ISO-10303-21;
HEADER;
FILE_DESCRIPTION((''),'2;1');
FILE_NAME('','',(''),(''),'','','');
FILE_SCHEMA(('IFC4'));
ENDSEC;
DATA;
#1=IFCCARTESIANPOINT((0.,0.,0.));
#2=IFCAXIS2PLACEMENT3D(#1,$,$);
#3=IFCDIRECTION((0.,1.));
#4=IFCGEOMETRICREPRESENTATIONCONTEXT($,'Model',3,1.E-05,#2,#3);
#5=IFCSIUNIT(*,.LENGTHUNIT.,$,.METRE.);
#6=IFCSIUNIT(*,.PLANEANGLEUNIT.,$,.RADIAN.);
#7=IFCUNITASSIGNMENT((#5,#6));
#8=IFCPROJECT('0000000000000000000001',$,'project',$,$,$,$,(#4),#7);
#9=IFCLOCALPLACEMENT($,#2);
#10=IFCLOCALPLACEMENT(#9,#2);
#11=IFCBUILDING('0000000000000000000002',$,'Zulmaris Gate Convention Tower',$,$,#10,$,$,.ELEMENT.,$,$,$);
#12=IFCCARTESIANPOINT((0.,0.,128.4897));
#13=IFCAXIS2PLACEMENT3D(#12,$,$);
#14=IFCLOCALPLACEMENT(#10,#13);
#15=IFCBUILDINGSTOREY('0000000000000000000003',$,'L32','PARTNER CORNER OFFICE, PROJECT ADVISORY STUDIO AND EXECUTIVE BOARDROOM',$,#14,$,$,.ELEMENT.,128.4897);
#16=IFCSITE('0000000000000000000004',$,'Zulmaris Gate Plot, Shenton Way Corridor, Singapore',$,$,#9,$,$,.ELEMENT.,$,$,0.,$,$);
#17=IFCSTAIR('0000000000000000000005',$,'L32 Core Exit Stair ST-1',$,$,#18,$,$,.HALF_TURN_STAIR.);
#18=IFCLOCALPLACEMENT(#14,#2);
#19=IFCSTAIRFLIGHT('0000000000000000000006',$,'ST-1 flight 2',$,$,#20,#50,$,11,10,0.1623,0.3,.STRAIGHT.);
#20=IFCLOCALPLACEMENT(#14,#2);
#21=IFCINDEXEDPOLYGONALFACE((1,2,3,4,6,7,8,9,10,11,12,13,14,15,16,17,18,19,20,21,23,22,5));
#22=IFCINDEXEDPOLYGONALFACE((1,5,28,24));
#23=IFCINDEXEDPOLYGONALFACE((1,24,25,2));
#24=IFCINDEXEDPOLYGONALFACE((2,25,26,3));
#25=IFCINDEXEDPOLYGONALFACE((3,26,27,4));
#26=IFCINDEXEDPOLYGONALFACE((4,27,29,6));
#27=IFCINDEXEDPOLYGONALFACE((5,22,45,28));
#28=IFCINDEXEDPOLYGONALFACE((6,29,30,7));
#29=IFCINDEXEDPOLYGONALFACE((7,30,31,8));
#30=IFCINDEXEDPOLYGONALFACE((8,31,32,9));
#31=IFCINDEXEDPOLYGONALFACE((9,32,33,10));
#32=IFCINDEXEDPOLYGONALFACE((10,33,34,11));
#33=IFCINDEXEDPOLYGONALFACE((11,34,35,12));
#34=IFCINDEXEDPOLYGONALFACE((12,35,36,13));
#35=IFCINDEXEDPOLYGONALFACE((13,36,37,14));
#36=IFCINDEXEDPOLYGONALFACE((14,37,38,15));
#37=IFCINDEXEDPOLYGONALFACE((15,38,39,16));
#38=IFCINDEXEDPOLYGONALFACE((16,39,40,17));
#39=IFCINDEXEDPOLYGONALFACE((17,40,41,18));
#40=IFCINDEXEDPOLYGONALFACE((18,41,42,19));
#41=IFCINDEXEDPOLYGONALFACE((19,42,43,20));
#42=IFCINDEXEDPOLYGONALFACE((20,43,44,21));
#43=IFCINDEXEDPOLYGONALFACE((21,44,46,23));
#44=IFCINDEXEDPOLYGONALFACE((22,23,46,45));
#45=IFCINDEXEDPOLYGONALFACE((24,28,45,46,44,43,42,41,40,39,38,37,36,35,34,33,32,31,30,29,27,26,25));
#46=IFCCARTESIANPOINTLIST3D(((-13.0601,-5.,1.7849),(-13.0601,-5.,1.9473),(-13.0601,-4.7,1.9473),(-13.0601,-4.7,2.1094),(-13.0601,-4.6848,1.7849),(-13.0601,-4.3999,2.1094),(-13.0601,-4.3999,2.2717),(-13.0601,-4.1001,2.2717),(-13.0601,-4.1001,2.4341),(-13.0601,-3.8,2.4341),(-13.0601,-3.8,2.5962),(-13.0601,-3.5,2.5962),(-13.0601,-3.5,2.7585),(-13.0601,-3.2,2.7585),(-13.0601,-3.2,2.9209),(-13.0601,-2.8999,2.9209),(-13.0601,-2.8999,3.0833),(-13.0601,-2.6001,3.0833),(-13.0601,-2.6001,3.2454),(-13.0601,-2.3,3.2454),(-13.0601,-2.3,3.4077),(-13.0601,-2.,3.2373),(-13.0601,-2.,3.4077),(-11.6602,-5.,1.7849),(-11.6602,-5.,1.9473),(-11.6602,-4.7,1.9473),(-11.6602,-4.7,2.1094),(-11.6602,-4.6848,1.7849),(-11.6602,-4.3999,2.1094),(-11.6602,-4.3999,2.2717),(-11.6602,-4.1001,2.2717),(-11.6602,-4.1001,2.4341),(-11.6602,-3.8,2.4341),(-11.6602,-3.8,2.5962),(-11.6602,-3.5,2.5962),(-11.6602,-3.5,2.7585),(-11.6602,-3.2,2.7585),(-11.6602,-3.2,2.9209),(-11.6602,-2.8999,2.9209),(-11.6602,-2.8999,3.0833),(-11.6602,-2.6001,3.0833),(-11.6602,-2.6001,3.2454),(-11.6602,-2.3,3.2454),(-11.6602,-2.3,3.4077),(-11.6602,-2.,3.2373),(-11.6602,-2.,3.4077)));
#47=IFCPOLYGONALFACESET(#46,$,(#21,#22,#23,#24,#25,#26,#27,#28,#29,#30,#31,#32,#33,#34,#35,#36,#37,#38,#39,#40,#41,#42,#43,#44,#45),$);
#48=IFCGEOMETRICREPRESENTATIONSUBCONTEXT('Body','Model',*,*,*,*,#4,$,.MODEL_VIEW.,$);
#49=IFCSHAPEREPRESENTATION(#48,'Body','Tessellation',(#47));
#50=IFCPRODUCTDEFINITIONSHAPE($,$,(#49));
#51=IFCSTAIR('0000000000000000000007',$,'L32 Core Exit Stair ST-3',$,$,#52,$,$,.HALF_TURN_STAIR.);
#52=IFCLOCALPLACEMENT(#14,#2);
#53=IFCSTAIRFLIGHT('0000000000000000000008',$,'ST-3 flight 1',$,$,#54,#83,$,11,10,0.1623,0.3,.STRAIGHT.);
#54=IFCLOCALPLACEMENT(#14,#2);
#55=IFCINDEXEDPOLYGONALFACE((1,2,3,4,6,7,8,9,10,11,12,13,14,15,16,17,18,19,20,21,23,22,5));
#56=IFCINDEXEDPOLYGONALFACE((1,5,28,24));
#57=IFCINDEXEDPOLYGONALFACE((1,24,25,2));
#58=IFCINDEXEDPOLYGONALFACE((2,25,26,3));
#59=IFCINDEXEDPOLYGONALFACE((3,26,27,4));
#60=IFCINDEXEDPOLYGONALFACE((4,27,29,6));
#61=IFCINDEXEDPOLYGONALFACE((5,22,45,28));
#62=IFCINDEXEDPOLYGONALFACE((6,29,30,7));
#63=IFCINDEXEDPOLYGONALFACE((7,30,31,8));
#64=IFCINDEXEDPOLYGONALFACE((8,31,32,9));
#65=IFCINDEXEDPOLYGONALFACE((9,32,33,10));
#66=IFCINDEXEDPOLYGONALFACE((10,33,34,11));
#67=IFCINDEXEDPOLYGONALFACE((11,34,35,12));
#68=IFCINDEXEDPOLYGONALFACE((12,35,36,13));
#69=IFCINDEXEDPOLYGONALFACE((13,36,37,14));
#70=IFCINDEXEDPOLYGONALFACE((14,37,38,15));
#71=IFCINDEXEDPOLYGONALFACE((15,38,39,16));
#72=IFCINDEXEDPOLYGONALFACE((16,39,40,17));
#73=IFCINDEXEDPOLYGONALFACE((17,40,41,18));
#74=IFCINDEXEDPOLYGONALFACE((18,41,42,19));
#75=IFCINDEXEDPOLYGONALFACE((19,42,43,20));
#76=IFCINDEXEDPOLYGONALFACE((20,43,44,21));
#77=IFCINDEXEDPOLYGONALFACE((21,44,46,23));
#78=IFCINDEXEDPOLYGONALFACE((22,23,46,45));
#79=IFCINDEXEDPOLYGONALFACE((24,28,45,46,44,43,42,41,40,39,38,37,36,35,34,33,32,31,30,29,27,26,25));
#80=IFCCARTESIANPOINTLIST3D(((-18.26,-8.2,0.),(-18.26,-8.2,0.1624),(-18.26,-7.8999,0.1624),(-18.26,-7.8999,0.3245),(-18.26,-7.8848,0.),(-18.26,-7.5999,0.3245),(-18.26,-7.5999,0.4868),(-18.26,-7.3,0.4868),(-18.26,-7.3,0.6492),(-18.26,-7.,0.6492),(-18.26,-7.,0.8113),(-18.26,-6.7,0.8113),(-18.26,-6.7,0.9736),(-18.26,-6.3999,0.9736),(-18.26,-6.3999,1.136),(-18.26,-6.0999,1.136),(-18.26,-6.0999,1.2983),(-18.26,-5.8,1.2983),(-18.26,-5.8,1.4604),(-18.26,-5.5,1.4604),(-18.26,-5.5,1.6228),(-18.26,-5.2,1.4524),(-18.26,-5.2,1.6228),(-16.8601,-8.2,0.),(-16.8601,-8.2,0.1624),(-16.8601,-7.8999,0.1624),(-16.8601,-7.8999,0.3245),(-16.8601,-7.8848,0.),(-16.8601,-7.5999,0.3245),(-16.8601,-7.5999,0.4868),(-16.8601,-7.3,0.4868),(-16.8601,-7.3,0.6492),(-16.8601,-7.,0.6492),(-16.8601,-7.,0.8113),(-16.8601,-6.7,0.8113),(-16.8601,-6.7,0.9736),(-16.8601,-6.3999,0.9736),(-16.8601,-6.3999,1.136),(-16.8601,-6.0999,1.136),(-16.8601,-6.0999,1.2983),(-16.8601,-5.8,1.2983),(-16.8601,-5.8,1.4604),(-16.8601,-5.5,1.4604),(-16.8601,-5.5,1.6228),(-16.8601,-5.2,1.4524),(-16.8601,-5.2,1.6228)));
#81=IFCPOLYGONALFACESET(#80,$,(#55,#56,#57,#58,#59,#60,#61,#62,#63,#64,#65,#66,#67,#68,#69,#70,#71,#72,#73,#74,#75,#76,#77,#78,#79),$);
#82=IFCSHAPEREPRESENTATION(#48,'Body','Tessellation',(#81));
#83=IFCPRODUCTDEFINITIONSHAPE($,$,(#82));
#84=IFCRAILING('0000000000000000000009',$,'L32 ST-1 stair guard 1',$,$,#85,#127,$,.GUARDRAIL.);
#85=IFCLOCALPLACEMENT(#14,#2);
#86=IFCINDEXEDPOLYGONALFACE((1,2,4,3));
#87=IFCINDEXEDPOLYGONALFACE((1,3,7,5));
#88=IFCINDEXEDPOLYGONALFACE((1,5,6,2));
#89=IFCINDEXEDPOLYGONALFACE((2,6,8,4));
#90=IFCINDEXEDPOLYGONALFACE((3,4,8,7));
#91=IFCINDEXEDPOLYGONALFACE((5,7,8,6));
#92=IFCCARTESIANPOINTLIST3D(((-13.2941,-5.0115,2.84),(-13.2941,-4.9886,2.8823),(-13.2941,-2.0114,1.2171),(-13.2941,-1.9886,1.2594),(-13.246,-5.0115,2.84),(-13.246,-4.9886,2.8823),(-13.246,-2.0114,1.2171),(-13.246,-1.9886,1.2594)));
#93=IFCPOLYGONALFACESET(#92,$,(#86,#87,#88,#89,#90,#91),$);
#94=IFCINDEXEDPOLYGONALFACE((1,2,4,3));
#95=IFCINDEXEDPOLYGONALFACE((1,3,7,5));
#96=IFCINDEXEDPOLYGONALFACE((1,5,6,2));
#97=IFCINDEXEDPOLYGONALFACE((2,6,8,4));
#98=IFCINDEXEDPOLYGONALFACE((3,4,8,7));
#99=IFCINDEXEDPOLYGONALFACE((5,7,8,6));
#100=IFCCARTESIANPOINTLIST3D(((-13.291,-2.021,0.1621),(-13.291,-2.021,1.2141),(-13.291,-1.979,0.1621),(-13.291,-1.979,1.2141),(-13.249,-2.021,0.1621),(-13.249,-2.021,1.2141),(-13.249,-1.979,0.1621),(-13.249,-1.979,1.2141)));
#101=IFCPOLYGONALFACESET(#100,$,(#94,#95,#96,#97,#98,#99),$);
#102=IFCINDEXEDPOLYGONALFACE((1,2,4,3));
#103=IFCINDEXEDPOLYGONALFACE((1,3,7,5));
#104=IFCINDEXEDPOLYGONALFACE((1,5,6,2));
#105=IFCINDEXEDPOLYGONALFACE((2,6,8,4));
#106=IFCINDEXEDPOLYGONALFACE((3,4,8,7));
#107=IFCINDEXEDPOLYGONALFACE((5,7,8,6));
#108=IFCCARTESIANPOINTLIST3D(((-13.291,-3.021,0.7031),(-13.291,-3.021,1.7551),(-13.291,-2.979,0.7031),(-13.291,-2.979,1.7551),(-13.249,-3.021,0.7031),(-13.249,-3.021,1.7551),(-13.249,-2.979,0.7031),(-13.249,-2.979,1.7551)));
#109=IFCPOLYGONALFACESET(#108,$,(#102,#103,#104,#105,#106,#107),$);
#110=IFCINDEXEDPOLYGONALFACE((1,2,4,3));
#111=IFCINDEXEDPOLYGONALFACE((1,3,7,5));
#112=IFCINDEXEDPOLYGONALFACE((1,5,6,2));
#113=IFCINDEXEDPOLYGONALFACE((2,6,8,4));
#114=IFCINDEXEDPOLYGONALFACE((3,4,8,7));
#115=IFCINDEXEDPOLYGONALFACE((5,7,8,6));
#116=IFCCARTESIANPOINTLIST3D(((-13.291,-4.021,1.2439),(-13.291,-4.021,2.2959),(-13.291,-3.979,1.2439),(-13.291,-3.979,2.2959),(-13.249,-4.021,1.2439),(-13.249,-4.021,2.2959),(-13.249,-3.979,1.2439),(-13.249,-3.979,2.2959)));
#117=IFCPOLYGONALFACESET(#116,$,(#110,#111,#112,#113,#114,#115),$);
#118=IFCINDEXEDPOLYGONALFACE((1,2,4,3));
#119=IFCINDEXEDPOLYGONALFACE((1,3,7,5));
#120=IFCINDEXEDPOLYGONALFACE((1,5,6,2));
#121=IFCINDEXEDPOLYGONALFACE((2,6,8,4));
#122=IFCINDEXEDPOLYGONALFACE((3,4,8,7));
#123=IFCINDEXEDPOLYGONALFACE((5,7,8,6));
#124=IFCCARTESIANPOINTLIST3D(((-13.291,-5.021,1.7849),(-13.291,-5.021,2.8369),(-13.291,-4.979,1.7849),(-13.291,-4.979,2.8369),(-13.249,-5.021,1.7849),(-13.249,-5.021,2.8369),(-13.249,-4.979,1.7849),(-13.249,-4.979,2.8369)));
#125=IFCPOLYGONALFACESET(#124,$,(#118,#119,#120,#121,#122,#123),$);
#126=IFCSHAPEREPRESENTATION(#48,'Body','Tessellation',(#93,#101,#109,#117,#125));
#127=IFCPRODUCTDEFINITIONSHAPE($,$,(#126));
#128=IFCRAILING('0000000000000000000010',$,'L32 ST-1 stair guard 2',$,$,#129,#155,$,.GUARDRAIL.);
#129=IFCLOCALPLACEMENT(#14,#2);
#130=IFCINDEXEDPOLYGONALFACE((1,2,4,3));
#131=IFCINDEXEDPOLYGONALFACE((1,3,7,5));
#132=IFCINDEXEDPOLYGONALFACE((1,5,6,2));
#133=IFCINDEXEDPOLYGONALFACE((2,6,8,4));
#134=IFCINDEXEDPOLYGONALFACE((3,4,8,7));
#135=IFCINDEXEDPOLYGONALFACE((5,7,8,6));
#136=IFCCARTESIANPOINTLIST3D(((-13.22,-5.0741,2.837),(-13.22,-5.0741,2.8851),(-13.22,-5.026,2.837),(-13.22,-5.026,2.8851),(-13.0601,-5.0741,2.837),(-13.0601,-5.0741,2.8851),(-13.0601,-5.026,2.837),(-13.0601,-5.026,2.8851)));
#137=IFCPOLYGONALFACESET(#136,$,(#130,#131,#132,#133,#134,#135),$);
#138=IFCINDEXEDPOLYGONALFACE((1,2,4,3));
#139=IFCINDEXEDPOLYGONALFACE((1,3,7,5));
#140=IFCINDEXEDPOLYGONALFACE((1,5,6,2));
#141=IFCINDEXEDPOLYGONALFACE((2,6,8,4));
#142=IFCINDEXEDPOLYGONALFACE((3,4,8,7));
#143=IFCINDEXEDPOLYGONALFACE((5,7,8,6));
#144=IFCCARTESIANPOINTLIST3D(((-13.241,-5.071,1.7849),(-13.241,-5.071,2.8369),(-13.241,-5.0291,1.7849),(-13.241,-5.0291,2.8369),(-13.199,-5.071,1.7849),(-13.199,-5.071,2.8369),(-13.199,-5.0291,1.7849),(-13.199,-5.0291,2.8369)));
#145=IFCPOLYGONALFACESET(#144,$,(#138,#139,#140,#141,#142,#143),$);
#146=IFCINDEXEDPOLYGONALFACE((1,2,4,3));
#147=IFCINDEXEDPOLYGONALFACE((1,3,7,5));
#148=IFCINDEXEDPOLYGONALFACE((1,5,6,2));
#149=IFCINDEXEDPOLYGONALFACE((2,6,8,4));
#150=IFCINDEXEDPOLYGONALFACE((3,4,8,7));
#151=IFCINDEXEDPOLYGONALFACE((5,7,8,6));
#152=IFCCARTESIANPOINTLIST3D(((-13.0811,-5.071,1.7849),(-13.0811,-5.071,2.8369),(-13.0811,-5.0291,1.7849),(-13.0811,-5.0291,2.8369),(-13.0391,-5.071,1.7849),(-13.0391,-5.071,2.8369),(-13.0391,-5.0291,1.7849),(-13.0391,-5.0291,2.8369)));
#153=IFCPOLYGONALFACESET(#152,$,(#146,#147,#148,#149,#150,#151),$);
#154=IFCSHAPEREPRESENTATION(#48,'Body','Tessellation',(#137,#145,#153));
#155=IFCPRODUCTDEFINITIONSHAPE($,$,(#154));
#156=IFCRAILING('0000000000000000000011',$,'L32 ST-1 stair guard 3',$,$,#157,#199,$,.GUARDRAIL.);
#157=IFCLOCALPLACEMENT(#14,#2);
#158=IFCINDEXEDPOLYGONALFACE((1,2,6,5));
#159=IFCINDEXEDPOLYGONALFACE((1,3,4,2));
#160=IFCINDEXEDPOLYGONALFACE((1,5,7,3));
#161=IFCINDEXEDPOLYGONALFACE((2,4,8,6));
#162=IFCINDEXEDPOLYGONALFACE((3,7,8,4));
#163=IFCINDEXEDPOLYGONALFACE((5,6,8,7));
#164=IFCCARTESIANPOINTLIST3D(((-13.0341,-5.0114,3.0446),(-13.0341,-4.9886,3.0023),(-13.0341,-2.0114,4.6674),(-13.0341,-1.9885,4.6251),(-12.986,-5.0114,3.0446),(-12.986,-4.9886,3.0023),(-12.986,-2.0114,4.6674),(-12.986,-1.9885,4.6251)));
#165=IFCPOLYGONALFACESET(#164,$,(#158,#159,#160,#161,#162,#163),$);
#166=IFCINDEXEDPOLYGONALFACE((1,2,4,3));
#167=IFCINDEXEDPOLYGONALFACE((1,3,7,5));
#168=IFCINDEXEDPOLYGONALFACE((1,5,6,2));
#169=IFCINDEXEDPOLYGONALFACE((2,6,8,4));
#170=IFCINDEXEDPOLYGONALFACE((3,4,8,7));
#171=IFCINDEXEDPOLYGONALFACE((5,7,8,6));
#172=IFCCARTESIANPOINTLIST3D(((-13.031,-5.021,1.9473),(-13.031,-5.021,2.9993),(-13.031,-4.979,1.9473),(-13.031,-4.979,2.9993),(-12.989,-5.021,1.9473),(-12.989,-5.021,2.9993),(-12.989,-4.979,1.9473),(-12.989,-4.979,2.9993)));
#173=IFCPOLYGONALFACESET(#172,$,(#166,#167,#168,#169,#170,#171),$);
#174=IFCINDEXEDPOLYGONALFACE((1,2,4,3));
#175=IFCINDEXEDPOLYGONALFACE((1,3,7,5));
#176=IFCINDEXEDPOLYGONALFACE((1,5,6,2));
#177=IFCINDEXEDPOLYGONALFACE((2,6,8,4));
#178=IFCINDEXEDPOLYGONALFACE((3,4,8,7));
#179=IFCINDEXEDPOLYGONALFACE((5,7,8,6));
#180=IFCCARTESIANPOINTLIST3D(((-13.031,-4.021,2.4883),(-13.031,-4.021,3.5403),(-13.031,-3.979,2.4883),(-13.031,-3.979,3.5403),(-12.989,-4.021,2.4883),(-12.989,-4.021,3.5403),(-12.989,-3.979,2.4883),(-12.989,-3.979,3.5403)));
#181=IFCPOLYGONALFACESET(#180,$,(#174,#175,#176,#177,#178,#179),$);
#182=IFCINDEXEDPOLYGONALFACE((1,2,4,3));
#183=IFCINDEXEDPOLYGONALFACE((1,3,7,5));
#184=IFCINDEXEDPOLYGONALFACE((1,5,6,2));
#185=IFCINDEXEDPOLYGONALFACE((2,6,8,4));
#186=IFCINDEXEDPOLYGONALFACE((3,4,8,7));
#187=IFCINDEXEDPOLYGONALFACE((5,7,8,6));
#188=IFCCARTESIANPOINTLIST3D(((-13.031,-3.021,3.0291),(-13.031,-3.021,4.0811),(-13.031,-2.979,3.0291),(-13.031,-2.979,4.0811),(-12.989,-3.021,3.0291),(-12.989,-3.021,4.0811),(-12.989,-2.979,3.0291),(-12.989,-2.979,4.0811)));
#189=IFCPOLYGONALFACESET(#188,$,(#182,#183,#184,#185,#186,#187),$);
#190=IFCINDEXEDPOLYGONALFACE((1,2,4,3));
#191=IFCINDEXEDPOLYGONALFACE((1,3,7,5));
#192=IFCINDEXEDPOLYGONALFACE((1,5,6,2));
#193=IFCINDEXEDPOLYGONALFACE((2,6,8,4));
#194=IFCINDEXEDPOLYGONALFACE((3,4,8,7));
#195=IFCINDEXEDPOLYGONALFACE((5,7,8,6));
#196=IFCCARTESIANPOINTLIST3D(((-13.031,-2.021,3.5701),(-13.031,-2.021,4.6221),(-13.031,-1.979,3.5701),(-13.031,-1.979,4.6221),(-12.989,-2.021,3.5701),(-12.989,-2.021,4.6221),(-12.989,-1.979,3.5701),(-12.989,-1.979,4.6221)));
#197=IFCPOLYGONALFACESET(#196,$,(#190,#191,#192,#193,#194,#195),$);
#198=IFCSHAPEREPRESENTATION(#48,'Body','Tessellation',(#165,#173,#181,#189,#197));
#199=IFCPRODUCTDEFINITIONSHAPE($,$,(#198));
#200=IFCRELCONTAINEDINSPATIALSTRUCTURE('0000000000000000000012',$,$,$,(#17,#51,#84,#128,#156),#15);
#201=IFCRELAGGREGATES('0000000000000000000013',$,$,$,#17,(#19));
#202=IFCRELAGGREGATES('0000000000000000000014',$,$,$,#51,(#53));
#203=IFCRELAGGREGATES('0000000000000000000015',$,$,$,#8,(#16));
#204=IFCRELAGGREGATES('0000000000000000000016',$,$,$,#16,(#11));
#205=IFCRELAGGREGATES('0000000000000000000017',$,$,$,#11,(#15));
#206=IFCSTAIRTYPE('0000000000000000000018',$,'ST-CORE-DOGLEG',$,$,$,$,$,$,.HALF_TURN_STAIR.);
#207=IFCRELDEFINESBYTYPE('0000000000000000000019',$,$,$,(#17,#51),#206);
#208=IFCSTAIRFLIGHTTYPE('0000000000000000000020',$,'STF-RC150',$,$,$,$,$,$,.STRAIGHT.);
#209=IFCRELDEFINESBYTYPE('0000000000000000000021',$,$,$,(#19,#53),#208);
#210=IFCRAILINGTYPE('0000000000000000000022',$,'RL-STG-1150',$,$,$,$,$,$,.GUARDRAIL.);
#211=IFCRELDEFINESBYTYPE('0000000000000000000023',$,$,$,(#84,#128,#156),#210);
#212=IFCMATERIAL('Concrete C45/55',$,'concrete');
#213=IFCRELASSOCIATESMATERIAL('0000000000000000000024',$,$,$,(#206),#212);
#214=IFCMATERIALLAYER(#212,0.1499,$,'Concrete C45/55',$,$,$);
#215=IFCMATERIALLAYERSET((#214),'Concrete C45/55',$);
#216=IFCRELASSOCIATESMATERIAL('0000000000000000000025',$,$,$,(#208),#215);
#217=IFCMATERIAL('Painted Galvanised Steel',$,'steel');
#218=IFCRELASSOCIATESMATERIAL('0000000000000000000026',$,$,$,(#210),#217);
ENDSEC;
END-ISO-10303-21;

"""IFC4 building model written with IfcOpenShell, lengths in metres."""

from ifc_helpers import new_model, si_unit, direction, frame, origin, origin_2d, place, context, subcontext, project, spatial, polyline, rectangle, outline, extrude, material, layer, layer_set, type_object, element, aggregate, save


model = new_model("IFC4")

# Units and contexts
model_context = context("Model", 3, precision=1e-05, world=origin(), true_north=direction((0.0, 1.0)))
body_context = subcontext(model_context, "Body", "Model", "MODEL_VIEW")
ifc_project = project(units=[si_unit("LENGTHUNIT", "METRE"), si_unit("PLANEANGLEUNIT", "RADIAN")], contexts=[model_context])

# Site, building, storey
site_placement = place(None, origin())
site = spatial("IfcSite", under=ifc_project, at=site_placement, Name="Zulmaris Gate Plot, Shenton Way Corridor, Singapore", CompositionType="ELEMENT", RefElevation=0.0)
building_placement = place(site_placement, origin())
building = spatial("IfcBuilding", under=site, at=building_placement, Name="Zulmaris Gate Convention Tower", CompositionType="ELEMENT")
storey_placement = place(building_placement, frame((0.0, 0.0, 128.4897)))
storey = spatial("IfcBuildingStorey", under=building, at=storey_placement, Name="L32", Description="PARTNER CORNER OFFICE, PROJECT ADVISORY STUDIO AND EXECUTIVE BOARDROOM", CompositionType="ELEMENT", Elevation=128.4897)

# Stair, stair flight
ifc_material_1 = material(Name="Concrete C45/55", Category="concrete")
stair_type = type_object("IfcStairType", Name="ST-CORE-DOGLEG", PredefinedType="HALF_TURN_STAIR", material=ifc_material_1)
stair_1_placement = place(storey_placement, origin())
stair_1 = element("IfcStair", 1, at=stair_1_placement, inside=storey, type_object=stair_type, Name="L32 Core Exit Stair ST-1", PredefinedType="HALF_TURN_STAIR")
ifc_layer_1 = layer(ifc_material_1, 0.1499, Name="Concrete C45/55")
ifc_layer_set_1 = layer_set([ifc_layer_1], Name="Concrete C45/55")
stair_flight_type = type_object("IfcStairFlightType", Name="STF-RC150", PredefinedType="STRAIGHT", material=ifc_layer_set_1)
stair_flight_1_placement = place(storey_placement, frame((-12.3601, -5.0, 1.7849), z_axis=(0.0, 0.0, 1.0), x_axis=(0.0, 1.0, 0.0)))
stair_flight_1 = element("IfcStairFlight", 2, at=stair_flight_1_placement, type_object=stair_flight_type, Name="ST-1 flight 2", NumberOfRisers=11, NumberOfTreads=10, PredefinedType="STRAIGHT", RiserHeight=0.1623, TreadLength=0.3, context=body_context, shape_type="SweptSolid", body=[
    extrude(outline(polyline([(0.0, 0.0), (0.0, 0.1624), (0.3, 0.1624), (0.3, 0.3245), (0.6001, 0.3245), (0.6001, 0.4868), (0.8999, 0.4868), (0.8999, 0.6492), (1.2, 0.6492), (1.2, 0.8113), (1.5, 0.8113), (1.5, 0.9736), (1.8, 0.9736), (1.8, 1.136), (2.1001, 1.136), (2.1001, 1.2983), (2.3999, 1.2983), (2.3999, 1.4604), (2.7, 1.4604), (2.7, 1.6228), (3.0, 1.6228), (3.0, 1.7852), (3.0, 1.4524), (0.3152, 0.0), (0.0, 0.0)])), frame((0.0, 0.7, 0.0), z_axis=(0.0, -1.0, 0.0), x_axis=(1.0, 0.0, 0.0)), (0.0, 0.0, 1.0), 1.3999),
])
aggregate(stair_1, [stair_flight_1])

# Stair, stair flight
stair_2_placement = place(storey_placement, origin())
stair_2 = element("IfcStair", 3, at=stair_2_placement, inside=storey, type_object=stair_type, Name="L32 Core Exit Stair ST-3", PredefinedType="HALF_TURN_STAIR")
stair_flight_2_placement = place(storey_placement, frame((-17.5601, -8.2, 0.0), z_axis=(0.0, 0.0, 1.0), x_axis=(0.0, 1.0, 0.0)))
stair_flight_2 = element("IfcStairFlight", 4, at=stair_flight_2_placement, type_object=stair_flight_type, Name="ST-3 flight 1", NumberOfRisers=11, NumberOfTreads=10, PredefinedType="STRAIGHT", RiserHeight=0.1623, TreadLength=0.3, context=body_context, shape_type="SweptSolid", body=[
    extrude(outline(polyline([(0.0, 0.0), (0.0, 0.1624), (0.3, 0.1624), (0.3, 0.3245), (0.6001, 0.3245), (0.6001, 0.4868), (0.8999, 0.4868), (0.8999, 0.6492), (1.2, 0.6492), (1.2, 0.8113), (1.5, 0.8113), (1.5, 0.9736), (1.8, 0.9736), (1.8, 1.136), (2.1001, 1.136), (2.1001, 1.2983), (2.3999, 1.2983), (2.3999, 1.4604), (2.7, 1.4604), (2.7, 1.6228), (3.0, 1.6228), (3.0, 1.7852), (3.0, 1.4524), (0.3152, 0.0), (0.0, 0.0)])), frame((0.0, 0.7, 0.0), z_axis=(0.0, -1.0, 0.0), x_axis=(1.0, 0.0, 0.0)), (0.0, 0.0, 1.0), 1.3999),
])
aggregate(stair_2, [stair_flight_2])

# Railings
ifc_material_2 = material(Name="Painted Galvanised Steel", Category="steel")
railing_type_1 = type_object("IfcRailingType", Name="RL-STG-1150", PredefinedType="GUARDRAIL", material=ifc_material_2)
railing_1_placement = place(storey_placement, frame((-13.27, -2.0, 0.1621)))
element("IfcRailing", 5, at=railing_1_placement, inside=storey, type_object=railing_type_1, Name="L32 ST-1 stair guard 1", PredefinedType="GUARDRAIL", context=body_context, shape_type="SweptSolid", body=[
    extrude(rectangle(XDim=0.0481, YDim=0.0481, at=origin_2d()), frame((0.0, 0.0, 1.0762), z_axis=(0.0, -0.879562, 0.475785), x_axis=(1.0, 0.0, 0.0)), (0.0, 0.0, 1.0), 3.4109),
    extrude(rectangle(XDim=0.042, YDim=0.042, at=origin_2d()), origin(), (0.0, 0.0, 1.0), 1.052),
    extrude(rectangle(XDim=0.042, YDim=0.042, at=origin_2d()), frame((0.0, -1.0, 0.541)), (0.0, 0.0, 1.0), 1.052),
    extrude(rectangle(XDim=0.042, YDim=0.042, at=origin_2d()), frame((0.0, -2.0, 1.0818)), (0.0, 0.0, 1.0), 1.052),
    extrude(rectangle(XDim=0.042, YDim=0.042, at=origin_2d()), frame((0.0, -3.0, 1.6228)), (0.0, 0.0, 1.0), 1.052),
])
railing_2_placement = place(storey_placement, frame((-13.22, -5.05, 1.7849)))
element("IfcRailing", 6, at=railing_2_placement, inside=storey, type_object=railing_type_1, Name="L32 ST-1 stair guard 2", PredefinedType="GUARDRAIL", context=body_context, shape_type="SweptSolid", body=[
    extrude(rectangle(XDim=0.0481, YDim=0.0481, at=origin_2d()), frame((0.0, 0.0, 1.0762), z_axis=(1.0, 0.0, 0.0), x_axis=(0.0, 1.0, 0.0)), (0.0, 0.0, 1.0), 0.1599),
    extrude(rectangle(XDim=0.042, YDim=0.042, at=origin_2d()), origin(), (0.0, 0.0, 1.0), 1.052),
    extrude(rectangle(XDim=0.042, YDim=0.042, at=origin_2d()), frame((0.1599, 0.0, 0.0)), (0.0, 0.0, 1.0), 1.052),
])
railing_3_placement = place(storey_placement, frame((-13.01, -5.0, 1.9473)))
element("IfcRailing", 7, at=railing_3_placement, inside=storey, type_object=railing_type_1, Name="L32 ST-1 stair guard 3", PredefinedType="GUARDRAIL", context=body_context, shape_type="SweptSolid", body=[
    extrude(rectangle(XDim=0.0481, YDim=0.0481, at=origin_2d()), frame((0.0, 0.0, 1.0762), z_axis=(0.0, 0.879562, 0.475785), x_axis=(-1.0, 0.0, 0.0)), (0.0, 0.0, 1.0), 3.4109),
    extrude(rectangle(XDim=0.042, YDim=0.042, at=origin_2d()), origin(), (0.0, 0.0, 1.0), 1.052),
    extrude(rectangle(XDim=0.042, YDim=0.042, at=origin_2d()), frame((0.0, 1.0, 0.541)), (0.0, 0.0, 1.0), 1.052),
    extrude(rectangle(XDim=0.042, YDim=0.042, at=origin_2d()), frame((0.0, 2.0, 1.0818)), (0.0, 0.0, 1.0), 1.052),
    extrude(rectangle(XDim=0.042, YDim=0.042, at=origin_2d()), frame((0.0, 3.0, 1.6228)), (0.0, 0.0, 1.0), 1.052),
])

save(model, "model.ifc")
